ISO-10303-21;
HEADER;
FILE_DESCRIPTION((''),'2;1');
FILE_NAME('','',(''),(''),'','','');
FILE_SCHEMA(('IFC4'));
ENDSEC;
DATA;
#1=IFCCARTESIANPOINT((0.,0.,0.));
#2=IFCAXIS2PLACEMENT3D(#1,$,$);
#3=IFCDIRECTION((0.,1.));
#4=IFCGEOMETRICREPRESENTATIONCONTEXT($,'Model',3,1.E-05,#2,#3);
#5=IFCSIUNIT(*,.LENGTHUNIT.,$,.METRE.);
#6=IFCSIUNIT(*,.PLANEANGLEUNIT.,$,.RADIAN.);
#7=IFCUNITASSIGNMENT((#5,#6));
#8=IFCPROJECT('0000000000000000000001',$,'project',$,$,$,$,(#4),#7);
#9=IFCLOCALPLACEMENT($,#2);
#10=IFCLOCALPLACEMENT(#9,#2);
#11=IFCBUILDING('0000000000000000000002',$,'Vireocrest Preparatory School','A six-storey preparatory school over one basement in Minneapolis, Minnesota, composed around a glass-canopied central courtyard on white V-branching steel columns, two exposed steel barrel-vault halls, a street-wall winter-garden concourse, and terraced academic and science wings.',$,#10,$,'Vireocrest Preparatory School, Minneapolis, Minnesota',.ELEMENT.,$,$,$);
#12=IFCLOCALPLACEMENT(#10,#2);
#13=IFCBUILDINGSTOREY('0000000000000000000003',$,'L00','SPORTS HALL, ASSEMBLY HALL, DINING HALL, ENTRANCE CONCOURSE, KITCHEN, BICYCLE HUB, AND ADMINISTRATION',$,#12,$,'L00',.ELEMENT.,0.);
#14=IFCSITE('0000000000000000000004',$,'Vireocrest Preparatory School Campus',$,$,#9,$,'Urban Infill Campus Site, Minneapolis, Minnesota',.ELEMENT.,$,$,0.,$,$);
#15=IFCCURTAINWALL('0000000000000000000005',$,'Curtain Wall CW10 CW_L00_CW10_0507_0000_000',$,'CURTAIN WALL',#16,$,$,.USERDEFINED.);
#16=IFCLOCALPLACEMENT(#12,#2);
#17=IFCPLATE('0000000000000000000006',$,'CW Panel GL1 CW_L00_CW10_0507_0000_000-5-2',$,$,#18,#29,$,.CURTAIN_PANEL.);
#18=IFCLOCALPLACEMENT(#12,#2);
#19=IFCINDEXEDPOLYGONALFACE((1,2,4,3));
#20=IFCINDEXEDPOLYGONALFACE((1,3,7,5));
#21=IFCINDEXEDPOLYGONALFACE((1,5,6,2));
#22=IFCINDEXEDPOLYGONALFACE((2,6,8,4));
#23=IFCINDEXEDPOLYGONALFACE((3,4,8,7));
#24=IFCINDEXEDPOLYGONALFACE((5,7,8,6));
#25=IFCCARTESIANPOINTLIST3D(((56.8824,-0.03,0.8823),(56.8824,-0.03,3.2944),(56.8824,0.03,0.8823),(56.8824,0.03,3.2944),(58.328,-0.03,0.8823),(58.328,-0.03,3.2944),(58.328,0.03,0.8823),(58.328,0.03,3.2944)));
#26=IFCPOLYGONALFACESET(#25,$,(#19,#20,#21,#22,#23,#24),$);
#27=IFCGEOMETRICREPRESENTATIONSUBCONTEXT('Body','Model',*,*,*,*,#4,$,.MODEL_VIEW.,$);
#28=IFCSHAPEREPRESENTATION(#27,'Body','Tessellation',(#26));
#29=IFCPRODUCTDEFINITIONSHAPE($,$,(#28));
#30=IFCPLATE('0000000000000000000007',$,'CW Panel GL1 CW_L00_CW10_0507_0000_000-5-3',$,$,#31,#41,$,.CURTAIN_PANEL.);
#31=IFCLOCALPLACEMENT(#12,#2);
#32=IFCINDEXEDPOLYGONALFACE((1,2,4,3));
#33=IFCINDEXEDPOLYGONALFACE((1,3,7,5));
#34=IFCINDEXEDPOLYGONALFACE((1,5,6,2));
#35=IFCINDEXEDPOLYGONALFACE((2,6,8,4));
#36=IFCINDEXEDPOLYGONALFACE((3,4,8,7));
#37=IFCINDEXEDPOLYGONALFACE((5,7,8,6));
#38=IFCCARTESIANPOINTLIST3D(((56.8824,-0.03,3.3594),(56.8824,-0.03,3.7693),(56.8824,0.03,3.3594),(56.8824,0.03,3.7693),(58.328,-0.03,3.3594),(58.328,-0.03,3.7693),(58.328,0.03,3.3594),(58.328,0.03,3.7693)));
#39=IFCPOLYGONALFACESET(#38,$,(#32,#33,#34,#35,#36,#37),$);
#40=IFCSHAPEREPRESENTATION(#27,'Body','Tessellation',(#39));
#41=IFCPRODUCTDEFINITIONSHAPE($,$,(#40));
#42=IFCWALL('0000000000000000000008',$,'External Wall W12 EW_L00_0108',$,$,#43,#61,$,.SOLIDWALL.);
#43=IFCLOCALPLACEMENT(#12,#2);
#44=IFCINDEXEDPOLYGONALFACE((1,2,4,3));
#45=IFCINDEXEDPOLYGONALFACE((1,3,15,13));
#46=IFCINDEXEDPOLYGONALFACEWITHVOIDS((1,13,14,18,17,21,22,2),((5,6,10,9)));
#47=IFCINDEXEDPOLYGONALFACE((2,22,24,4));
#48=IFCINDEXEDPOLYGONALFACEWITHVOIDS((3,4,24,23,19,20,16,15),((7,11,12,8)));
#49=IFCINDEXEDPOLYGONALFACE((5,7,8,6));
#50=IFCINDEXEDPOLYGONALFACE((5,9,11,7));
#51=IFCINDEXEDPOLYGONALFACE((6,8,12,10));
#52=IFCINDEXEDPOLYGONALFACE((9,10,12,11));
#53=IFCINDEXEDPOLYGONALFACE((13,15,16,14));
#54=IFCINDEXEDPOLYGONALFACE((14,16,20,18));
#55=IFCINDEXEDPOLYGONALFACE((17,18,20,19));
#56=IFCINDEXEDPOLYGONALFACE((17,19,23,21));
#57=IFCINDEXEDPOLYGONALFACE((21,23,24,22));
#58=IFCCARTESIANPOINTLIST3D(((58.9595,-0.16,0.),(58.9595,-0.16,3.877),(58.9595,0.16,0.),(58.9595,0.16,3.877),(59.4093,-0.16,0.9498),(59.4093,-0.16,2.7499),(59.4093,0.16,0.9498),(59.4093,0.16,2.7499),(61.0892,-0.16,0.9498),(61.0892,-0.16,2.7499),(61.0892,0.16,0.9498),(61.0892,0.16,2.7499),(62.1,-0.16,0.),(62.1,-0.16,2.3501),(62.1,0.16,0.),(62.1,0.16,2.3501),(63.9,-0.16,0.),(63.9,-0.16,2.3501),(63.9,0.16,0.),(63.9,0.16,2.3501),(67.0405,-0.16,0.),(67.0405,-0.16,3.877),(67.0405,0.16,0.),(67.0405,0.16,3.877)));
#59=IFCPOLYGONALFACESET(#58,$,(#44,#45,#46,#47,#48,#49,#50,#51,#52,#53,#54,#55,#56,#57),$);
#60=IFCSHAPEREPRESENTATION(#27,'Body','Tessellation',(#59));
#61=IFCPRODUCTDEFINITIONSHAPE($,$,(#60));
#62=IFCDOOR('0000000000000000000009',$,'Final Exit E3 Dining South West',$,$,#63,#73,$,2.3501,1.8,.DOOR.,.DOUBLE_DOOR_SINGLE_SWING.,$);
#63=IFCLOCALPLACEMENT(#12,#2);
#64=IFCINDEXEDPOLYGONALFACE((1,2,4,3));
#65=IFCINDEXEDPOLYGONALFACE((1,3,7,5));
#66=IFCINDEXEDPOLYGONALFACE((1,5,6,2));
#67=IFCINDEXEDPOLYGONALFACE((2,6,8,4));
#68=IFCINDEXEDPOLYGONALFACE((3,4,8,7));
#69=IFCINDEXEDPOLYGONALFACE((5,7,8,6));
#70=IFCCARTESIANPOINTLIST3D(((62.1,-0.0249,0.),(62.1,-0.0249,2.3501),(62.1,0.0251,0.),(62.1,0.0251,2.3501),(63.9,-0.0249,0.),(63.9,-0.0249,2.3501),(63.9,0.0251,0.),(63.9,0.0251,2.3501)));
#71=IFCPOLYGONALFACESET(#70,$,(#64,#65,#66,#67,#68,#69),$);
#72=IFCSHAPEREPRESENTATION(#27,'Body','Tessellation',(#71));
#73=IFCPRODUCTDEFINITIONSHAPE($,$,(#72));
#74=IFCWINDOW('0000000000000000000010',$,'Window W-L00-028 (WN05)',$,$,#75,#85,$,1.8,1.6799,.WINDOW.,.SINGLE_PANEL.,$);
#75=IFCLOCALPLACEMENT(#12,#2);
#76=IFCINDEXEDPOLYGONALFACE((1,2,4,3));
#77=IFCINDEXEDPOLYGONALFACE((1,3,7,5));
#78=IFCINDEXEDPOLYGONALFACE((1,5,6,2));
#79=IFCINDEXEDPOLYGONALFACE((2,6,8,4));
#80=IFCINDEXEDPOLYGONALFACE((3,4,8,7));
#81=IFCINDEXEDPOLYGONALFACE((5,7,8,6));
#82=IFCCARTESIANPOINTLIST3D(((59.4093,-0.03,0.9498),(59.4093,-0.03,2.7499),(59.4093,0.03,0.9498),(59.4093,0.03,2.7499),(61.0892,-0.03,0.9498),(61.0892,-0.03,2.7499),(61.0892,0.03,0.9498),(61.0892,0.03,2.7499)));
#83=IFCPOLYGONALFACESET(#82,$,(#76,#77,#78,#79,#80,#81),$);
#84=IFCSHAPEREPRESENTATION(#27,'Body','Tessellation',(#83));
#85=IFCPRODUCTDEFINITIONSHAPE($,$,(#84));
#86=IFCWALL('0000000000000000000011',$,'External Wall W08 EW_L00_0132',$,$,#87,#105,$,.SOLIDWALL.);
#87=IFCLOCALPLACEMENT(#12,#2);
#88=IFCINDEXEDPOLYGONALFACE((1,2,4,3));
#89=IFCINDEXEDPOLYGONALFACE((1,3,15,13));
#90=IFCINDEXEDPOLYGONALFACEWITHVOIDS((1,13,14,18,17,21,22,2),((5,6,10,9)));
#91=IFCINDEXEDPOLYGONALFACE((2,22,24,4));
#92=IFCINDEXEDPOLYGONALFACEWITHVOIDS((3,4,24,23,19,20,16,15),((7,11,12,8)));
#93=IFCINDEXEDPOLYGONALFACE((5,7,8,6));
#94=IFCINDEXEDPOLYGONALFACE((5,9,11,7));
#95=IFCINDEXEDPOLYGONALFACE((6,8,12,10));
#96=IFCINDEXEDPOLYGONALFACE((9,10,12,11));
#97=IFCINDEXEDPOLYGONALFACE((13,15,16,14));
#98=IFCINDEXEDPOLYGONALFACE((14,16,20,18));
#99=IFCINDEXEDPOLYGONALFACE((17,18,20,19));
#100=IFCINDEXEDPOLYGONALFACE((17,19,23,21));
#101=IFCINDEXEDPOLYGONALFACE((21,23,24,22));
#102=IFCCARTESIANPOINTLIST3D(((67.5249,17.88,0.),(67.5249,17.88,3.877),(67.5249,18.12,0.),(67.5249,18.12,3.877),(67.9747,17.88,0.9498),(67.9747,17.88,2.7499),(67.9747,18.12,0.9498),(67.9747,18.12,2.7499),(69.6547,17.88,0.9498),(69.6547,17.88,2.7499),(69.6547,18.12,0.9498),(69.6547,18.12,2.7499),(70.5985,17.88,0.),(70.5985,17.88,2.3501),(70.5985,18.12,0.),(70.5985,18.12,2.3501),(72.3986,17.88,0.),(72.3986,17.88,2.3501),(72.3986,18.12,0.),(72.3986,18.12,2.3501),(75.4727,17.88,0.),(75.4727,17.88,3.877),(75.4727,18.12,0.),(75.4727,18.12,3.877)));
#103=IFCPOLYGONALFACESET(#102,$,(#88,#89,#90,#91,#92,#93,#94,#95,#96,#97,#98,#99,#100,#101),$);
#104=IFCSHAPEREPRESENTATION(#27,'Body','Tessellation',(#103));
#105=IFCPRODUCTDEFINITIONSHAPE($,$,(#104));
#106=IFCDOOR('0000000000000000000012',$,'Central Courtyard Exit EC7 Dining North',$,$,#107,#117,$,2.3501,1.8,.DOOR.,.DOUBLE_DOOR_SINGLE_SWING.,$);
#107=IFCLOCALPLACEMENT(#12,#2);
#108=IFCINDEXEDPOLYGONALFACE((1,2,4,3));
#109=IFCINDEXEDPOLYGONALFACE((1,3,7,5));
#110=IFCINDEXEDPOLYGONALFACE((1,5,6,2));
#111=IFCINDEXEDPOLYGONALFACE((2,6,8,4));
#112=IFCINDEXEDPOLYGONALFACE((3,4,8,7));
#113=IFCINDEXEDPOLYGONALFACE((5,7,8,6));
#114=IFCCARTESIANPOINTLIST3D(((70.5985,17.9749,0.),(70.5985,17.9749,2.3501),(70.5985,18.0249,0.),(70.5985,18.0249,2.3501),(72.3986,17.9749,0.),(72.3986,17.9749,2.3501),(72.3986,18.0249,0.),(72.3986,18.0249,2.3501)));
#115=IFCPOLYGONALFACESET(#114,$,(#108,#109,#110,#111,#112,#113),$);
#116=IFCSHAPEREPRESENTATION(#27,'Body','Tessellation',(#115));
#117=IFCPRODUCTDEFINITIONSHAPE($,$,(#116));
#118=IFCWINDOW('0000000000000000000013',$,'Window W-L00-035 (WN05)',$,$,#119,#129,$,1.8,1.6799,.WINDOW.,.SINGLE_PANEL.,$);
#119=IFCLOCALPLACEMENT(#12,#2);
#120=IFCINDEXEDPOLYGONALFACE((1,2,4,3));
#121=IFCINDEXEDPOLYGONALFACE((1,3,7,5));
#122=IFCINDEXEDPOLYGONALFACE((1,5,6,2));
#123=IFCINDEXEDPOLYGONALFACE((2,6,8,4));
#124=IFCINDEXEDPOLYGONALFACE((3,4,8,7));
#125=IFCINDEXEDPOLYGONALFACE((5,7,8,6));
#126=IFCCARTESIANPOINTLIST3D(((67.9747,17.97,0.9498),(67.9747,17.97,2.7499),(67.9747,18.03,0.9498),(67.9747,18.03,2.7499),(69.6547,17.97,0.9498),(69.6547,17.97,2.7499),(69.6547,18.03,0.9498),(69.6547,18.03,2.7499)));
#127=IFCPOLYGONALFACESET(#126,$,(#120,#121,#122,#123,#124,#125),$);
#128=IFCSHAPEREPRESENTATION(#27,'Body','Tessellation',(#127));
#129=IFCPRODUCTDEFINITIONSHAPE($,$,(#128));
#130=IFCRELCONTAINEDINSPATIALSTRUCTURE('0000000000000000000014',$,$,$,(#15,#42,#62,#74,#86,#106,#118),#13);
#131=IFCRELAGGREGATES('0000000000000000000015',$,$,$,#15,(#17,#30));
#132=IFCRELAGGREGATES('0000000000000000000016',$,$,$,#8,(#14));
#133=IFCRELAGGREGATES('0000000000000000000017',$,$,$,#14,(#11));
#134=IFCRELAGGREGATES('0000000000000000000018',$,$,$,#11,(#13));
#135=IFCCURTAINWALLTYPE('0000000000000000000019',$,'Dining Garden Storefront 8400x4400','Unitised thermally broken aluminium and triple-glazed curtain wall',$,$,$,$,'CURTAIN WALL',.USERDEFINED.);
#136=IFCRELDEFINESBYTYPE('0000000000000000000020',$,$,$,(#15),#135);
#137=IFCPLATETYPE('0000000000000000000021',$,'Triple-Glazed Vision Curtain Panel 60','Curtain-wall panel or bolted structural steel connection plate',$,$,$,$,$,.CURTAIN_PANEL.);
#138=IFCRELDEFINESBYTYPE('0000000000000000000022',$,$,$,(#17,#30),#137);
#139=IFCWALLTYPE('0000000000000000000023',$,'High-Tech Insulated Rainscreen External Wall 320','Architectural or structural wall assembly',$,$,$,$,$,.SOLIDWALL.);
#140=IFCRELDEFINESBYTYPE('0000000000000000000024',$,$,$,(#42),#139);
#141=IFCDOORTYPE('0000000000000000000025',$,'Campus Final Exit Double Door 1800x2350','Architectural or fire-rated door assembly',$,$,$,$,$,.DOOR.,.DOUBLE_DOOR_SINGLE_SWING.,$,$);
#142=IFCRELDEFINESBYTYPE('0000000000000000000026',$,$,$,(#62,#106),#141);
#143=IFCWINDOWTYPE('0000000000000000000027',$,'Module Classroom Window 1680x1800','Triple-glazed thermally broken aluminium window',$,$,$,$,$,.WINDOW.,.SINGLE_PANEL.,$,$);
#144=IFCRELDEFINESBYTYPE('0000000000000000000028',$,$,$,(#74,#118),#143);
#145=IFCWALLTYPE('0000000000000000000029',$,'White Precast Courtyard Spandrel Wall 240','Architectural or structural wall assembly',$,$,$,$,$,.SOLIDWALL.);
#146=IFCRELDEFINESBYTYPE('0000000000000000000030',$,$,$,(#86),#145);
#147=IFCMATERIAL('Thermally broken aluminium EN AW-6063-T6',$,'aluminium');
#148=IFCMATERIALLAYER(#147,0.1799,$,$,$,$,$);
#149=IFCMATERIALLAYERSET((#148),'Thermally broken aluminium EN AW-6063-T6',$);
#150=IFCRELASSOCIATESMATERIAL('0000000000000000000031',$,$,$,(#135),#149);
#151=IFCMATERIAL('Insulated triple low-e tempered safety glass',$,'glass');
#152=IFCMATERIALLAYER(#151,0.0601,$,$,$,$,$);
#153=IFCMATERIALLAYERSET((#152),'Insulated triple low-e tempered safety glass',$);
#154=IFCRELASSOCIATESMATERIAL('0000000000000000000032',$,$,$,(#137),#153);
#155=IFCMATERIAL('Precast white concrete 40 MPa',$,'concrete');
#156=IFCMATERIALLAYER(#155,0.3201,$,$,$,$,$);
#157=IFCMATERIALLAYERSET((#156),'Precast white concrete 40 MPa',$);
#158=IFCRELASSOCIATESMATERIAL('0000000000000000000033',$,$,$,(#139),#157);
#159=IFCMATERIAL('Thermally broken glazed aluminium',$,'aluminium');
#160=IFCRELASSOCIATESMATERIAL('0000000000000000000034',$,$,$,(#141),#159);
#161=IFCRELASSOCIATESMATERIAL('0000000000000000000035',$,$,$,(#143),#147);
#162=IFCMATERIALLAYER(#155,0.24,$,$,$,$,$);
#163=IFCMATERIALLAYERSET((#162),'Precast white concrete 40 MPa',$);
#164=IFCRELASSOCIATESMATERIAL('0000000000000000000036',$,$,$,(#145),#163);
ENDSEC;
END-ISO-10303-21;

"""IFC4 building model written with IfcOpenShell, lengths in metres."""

from ifc_helpers import new_model, si_unit, direction, frame, frame_2d, origin, origin_2d, place, context, subcontext, project, spatial, rectangle, extrude, material, layer, layer_set, type_object, element, fill, aggregate, save


model = new_model("IFC4")

# Units and contexts
model_context = context("Model", 3, precision=1e-05, world=origin(), true_north=direction((0.0, 1.0)))
body_context = subcontext(model_context, "Body", "Model", "MODEL_VIEW")
ifc_project = project(units=[si_unit("LENGTHUNIT", "METRE"), si_unit("PLANEANGLEUNIT", "RADIAN")], contexts=[model_context])

# Site, building, storey
site_placement = place(None, origin())
site = spatial("IfcSite", under=ifc_project, at=site_placement, Name="Vireocrest Preparatory School Campus", LongName="Urban Infill Campus Site, Minneapolis, Minnesota", CompositionType="ELEMENT", RefElevation=0.0)
building_placement = place(site_placement, origin())
building = spatial("IfcBuilding", under=site, at=building_placement, Name="Vireocrest Preparatory School", Description="A six-storey preparatory school over one basement in Minneapolis, Minnesota, composed around a glass-canopied central courtyard on white V-branching steel columns, two exposed steel barrel-vault halls, a street-wall winter-garden concourse, and terraced academic and science wings.", LongName="Vireocrest Preparatory School, Minneapolis, Minnesota", CompositionType="ELEMENT")
storey_placement = place(building_placement, origin())
storey = spatial("IfcBuildingStorey", under=building, at=storey_placement, Name="L00", Description="SPORTS HALL, ASSEMBLY HALL, DINING HALL, ENTRANCE CONCOURSE, KITCHEN, BICYCLE HUB, AND ADMINISTRATION", LongName="L00", CompositionType="ELEMENT", Elevation=0.0)

# Curtain wall
ifc_material_1 = material(Name="Thermally broken aluminium EN AW-6063-T6", Category="aluminium")
ifc_layer_1 = layer(ifc_material_1, 0.1799)
ifc_layer_set_1 = layer_set([ifc_layer_1], Name="Thermally broken aluminium EN AW-6063-T6")
curtain_wall_type_1 = type_object("IfcCurtainWallType", Name="Dining Garden Storefront 8400x4400", Description="Unitised thermally broken aluminium and triple-glazed curtain wall", ElementType="CURTAIN WALL", PredefinedType="USERDEFINED", material=ifc_layer_set_1)
curtain_wall_1_placement = place(storey_placement, origin())
curtain_wall_1 = element("IfcCurtainWall", 1, at=curtain_wall_1_placement, inside=storey, type_object=curtain_wall_type_1, Name="Curtain Wall CW10 CW_L00_CW10_0507_0000_000", ObjectType="CURTAIN WALL", PredefinedType="USERDEFINED")

# Plates
ifc_material_2 = material(Name="Insulated triple low-e tempered safety glass", Category="glass")
ifc_layer_2 = layer(ifc_material_2, 0.0601)
ifc_layer_set_2 = layer_set([ifc_layer_2], Name="Insulated triple low-e tempered safety glass")
plate_type_1 = type_object("IfcPlateType", Name="Triple-Glazed Vision Curtain Panel 60", Description="Curtain-wall panel or bolted structural steel connection plate", PredefinedType="CURTAIN_PANEL", material=ifc_layer_set_2)
plate_1_placement = place(storey_placement, frame((57.6052, 0.0, 0.8823), z_axis=(0.0, 0.0, 1.0), x_axis=(1.0, 0.0, 0.0)))
plate_1 = element("IfcPlate", 2, at=plate_1_placement, type_object=plate_type_1, Name="CW Panel GL1 CW_L00_CW10_0507_0000_000-5-2", PredefinedType="CURTAIN_PANEL", context=body_context, shape_type="SweptSolid", body=[
    extrude(rectangle(XDim=1.4456, YDim=0.0601, at=origin_2d()), origin(), (0.0, 0.0, 1.0), 2.4121),
])
plate_2_placement = place(storey_placement, frame((57.6052, 0.0, 3.3594), z_axis=(0.0, 0.0, 1.0), x_axis=(1.0, 0.0, 0.0)))
plate_2 = element("IfcPlate", 3, at=plate_2_placement, type_object=plate_type_1, Name="CW Panel GL1 CW_L00_CW10_0507_0000_000-5-3", PredefinedType="CURTAIN_PANEL", context=body_context, shape_type="SweptSolid", body=[
    extrude(rectangle(XDim=1.4456, YDim=0.0601, at=origin_2d()), origin(), (0.0, 0.0, 1.0), 0.4099),
])
aggregate(curtain_wall_1, [plate_1, plate_2])

# Walls, openings, doors, windows
ifc_material_3 = material(Name="Precast white concrete 40 MPa", Category="concrete")
ifc_layer_3 = layer(ifc_material_3, 0.3201)
ifc_layer_set_3 = layer_set([ifc_layer_3], Name="Precast white concrete 40 MPa")
wall_type_1 = type_object("IfcWallType", Name="High-Tech Insulated Rainscreen External Wall 320", Description="Architectural or structural wall assembly", PredefinedType="SOLIDWALL", material=ifc_layer_set_3)
wall_1_placement = place(storey_placement, frame((58.9595, 0.0, 0.0), z_axis=(0.0, 0.0, 1.0), x_axis=(1.0, 0.0, 0.0)))
wall_1 = element("IfcWall", 4, at=wall_1_placement, inside=storey, type_object=wall_type_1, Name="External Wall W12 EW_L00_0108", PredefinedType="SOLIDWALL", context=body_context, shape_type="SweptSolid", body=[
    extrude(rectangle(XDim=8.0811, YDim=0.3201, at=frame_2d((4.0405, 0.0))), origin(), (0.0, 0.0, 1.0), 3.877),
])
opening_1_placement = place(wall_1_placement, frame((4.9404, 0.0, 0.0), z_axis=(0.0, 0.0, 1.0), x_axis=(-1.0, 0.0, 0.0)))
opening_1 = element("IfcOpeningElement", 5, at=opening_1_placement, cuts=wall_1, PredefinedType="OPENING", context=body_context, shape_type="SweptSolid", body=[
    extrude(rectangle(XDim=1.8, YDim=2.3501, at=frame_2d((0.8999, 1.175))), frame((0.0, 0.1699, 0.0), z_axis=(0.0, -1.0, 0.0), x_axis=(1.0, 0.0, 0.0)), (0.0, 0.0, 1.0), 0.3401),
])
opening_2_placement = place(wall_1_placement, frame((0.45, 0.0, 0.95)))
opening_2 = element("IfcOpeningElement", 6, at=opening_2_placement, cuts=wall_1, PredefinedType="OPENING", context=body_context, shape_type="SweptSolid", body=[
    extrude(rectangle(XDim=1.6799, YDim=1.8, at=frame_2d((0.8398, 0.8999))), frame((0.0, 0.1699, 0.0), z_axis=(0.0, -1.0, 0.0), x_axis=(1.0, 0.0, 0.0)), (0.0, 0.0, 1.0), 0.3401),
])
ifc_material_4 = material(Name="Thermally broken glazed aluminium", Category="aluminium")
door_type = type_object("IfcDoorType", Name="Campus Final Exit Double Door 1800x2350", Description="Architectural or fire-rated door assembly", OperationType="DOUBLE_DOOR_SINGLE_SWING", PredefinedType="DOOR", material=ifc_material_4)
door_1_placement = place(opening_1_placement, origin())
door_1 = element("IfcDoor", 7, at=door_1_placement, inside=storey, type_object=door_type, Name="Final Exit E3 Dining South West", OperationType="DOUBLE_DOOR_SINGLE_SWING", OverallHeight=2.3501, OverallWidth=1.8, PredefinedType="DOOR", context=body_context, shape_type="SweptSolid", body=[
    extrude(rectangle(XDim=1.8, YDim=2.3501, at=frame_2d((0.8999, 1.175))), frame((0.0, 0.0249, 0.0), z_axis=(0.0, -1.0, 0.0), x_axis=(1.0, 0.0, 0.0)), (0.0, 0.0, 1.0), 0.05),
])
fill(opening_1, door_1)
window_type = type_object("IfcWindowType", Name="Module Classroom Window 1680x1800", Description="Triple-glazed thermally broken aluminium window", PartitioningType="SINGLE_PANEL", PredefinedType="WINDOW", material=ifc_material_1)
window_1_placement = place(opening_2_placement, origin())
window_1 = element("IfcWindow", 8, at=window_1_placement, inside=storey, type_object=window_type, Name="Window W-L00-028 (WN05)", OverallHeight=1.8, OverallWidth=1.6799, PartitioningType="SINGLE_PANEL", PredefinedType="WINDOW", context=body_context, shape_type="SweptSolid", body=[
    extrude(rectangle(XDim=1.6799, YDim=1.8, at=frame_2d((0.8398, 0.8999))), frame((0.0, 0.03, 0.0), z_axis=(0.0, -1.0, 0.0), x_axis=(1.0, 0.0, 0.0)), (0.0, 0.0, 1.0), 0.0601),
])
fill(opening_2, window_1)
ifc_layer_4 = layer(ifc_material_3, 0.24)
ifc_layer_set_4 = layer_set([ifc_layer_4], Name="Precast white concrete 40 MPa")
wall_type_2 = type_object("IfcWallType", Name="White Precast Courtyard Spandrel Wall 240", Description="Architectural or structural wall assembly", PredefinedType="SOLIDWALL", material=ifc_layer_set_4)
wall_2_placement = place(storey_placement, frame((67.5249, 18.0, 0.0), z_axis=(0.0, 0.0, 1.0), x_axis=(1.0, 0.0, 0.0)))
wall_2 = element("IfcWall", 9, at=wall_2_placement, inside=storey, type_object=wall_type_2, Name="External Wall W08 EW_L00_0132", PredefinedType="SOLIDWALL", context=body_context, shape_type="SweptSolid", body=[
    extrude(rectangle(XDim=7.9478, YDim=0.24, at=frame_2d((3.9739, 0.0))), origin(), (0.0, 0.0, 1.0), 3.877),
])
opening_3_placement = place(wall_2_placement, frame((3.0737, 0.0, 0.0)))
opening_3 = element("IfcOpeningElement", 10, at=opening_3_placement, cuts=wall_2, PredefinedType="OPENING", context=body_context, shape_type="SweptSolid", body=[
    extrude(rectangle(XDim=1.8, YDim=2.3501, at=frame_2d((0.8999, 1.175))), frame((0.0, 0.1299, 0.0), z_axis=(0.0, -1.0, 0.0), x_axis=(1.0, 0.0, 0.0)), (0.0, 0.0, 1.0), 0.26),
])
opening_4_placement = place(wall_2_placement, frame((0.45, 0.0, 0.95)))
opening_4 = element("IfcOpeningElement", 11, at=opening_4_placement, cuts=wall_2, PredefinedType="OPENING", context=body_context, shape_type="SweptSolid", body=[
    extrude(rectangle(XDim=1.6799, YDim=1.8, at=frame_2d((0.8398, 0.8999))), frame((0.0, 0.1299, 0.0), z_axis=(0.0, -1.0, 0.0), x_axis=(1.0, 0.0, 0.0)), (0.0, 0.0, 1.0), 0.26),
])
door_2_placement = place(opening_3_placement, origin())
door_2 = element("IfcDoor", 12, at=door_2_placement, inside=storey, type_object=door_type, Name="Central Courtyard Exit EC7 Dining North", OperationType="DOUBLE_DOOR_SINGLE_SWING", OverallHeight=2.3501, OverallWidth=1.8, PredefinedType="DOOR", context=body_context, shape_type="SweptSolid", body=[
    extrude(rectangle(XDim=1.8, YDim=2.3501, at=frame_2d((0.8999, 1.175))), frame((0.0, 0.0249, 0.0), z_axis=(0.0, -1.0, 0.0), x_axis=(1.0, 0.0, 0.0)), (0.0, 0.0, 1.0), 0.05),
])
fill(opening_3, door_2)
window_2_placement = place(opening_4_placement, origin())
window_2 = element("IfcWindow", 13, at=window_2_placement, inside=storey, type_object=window_type, Name="Window W-L00-035 (WN05)", OverallHeight=1.8, OverallWidth=1.6799, PartitioningType="SINGLE_PANEL", PredefinedType="WINDOW", context=body_context, shape_type="SweptSolid", body=[
    extrude(rectangle(XDim=1.6799, YDim=1.8, at=frame_2d((0.8398, 0.8999))), frame((0.0, 0.03, 0.0), z_axis=(0.0, -1.0, 0.0), x_axis=(1.0, 0.0, 0.0)), (0.0, 0.0, 1.0), 0.0601),
])
fill(opening_4, window_2)

save(model, "model.ifc")
